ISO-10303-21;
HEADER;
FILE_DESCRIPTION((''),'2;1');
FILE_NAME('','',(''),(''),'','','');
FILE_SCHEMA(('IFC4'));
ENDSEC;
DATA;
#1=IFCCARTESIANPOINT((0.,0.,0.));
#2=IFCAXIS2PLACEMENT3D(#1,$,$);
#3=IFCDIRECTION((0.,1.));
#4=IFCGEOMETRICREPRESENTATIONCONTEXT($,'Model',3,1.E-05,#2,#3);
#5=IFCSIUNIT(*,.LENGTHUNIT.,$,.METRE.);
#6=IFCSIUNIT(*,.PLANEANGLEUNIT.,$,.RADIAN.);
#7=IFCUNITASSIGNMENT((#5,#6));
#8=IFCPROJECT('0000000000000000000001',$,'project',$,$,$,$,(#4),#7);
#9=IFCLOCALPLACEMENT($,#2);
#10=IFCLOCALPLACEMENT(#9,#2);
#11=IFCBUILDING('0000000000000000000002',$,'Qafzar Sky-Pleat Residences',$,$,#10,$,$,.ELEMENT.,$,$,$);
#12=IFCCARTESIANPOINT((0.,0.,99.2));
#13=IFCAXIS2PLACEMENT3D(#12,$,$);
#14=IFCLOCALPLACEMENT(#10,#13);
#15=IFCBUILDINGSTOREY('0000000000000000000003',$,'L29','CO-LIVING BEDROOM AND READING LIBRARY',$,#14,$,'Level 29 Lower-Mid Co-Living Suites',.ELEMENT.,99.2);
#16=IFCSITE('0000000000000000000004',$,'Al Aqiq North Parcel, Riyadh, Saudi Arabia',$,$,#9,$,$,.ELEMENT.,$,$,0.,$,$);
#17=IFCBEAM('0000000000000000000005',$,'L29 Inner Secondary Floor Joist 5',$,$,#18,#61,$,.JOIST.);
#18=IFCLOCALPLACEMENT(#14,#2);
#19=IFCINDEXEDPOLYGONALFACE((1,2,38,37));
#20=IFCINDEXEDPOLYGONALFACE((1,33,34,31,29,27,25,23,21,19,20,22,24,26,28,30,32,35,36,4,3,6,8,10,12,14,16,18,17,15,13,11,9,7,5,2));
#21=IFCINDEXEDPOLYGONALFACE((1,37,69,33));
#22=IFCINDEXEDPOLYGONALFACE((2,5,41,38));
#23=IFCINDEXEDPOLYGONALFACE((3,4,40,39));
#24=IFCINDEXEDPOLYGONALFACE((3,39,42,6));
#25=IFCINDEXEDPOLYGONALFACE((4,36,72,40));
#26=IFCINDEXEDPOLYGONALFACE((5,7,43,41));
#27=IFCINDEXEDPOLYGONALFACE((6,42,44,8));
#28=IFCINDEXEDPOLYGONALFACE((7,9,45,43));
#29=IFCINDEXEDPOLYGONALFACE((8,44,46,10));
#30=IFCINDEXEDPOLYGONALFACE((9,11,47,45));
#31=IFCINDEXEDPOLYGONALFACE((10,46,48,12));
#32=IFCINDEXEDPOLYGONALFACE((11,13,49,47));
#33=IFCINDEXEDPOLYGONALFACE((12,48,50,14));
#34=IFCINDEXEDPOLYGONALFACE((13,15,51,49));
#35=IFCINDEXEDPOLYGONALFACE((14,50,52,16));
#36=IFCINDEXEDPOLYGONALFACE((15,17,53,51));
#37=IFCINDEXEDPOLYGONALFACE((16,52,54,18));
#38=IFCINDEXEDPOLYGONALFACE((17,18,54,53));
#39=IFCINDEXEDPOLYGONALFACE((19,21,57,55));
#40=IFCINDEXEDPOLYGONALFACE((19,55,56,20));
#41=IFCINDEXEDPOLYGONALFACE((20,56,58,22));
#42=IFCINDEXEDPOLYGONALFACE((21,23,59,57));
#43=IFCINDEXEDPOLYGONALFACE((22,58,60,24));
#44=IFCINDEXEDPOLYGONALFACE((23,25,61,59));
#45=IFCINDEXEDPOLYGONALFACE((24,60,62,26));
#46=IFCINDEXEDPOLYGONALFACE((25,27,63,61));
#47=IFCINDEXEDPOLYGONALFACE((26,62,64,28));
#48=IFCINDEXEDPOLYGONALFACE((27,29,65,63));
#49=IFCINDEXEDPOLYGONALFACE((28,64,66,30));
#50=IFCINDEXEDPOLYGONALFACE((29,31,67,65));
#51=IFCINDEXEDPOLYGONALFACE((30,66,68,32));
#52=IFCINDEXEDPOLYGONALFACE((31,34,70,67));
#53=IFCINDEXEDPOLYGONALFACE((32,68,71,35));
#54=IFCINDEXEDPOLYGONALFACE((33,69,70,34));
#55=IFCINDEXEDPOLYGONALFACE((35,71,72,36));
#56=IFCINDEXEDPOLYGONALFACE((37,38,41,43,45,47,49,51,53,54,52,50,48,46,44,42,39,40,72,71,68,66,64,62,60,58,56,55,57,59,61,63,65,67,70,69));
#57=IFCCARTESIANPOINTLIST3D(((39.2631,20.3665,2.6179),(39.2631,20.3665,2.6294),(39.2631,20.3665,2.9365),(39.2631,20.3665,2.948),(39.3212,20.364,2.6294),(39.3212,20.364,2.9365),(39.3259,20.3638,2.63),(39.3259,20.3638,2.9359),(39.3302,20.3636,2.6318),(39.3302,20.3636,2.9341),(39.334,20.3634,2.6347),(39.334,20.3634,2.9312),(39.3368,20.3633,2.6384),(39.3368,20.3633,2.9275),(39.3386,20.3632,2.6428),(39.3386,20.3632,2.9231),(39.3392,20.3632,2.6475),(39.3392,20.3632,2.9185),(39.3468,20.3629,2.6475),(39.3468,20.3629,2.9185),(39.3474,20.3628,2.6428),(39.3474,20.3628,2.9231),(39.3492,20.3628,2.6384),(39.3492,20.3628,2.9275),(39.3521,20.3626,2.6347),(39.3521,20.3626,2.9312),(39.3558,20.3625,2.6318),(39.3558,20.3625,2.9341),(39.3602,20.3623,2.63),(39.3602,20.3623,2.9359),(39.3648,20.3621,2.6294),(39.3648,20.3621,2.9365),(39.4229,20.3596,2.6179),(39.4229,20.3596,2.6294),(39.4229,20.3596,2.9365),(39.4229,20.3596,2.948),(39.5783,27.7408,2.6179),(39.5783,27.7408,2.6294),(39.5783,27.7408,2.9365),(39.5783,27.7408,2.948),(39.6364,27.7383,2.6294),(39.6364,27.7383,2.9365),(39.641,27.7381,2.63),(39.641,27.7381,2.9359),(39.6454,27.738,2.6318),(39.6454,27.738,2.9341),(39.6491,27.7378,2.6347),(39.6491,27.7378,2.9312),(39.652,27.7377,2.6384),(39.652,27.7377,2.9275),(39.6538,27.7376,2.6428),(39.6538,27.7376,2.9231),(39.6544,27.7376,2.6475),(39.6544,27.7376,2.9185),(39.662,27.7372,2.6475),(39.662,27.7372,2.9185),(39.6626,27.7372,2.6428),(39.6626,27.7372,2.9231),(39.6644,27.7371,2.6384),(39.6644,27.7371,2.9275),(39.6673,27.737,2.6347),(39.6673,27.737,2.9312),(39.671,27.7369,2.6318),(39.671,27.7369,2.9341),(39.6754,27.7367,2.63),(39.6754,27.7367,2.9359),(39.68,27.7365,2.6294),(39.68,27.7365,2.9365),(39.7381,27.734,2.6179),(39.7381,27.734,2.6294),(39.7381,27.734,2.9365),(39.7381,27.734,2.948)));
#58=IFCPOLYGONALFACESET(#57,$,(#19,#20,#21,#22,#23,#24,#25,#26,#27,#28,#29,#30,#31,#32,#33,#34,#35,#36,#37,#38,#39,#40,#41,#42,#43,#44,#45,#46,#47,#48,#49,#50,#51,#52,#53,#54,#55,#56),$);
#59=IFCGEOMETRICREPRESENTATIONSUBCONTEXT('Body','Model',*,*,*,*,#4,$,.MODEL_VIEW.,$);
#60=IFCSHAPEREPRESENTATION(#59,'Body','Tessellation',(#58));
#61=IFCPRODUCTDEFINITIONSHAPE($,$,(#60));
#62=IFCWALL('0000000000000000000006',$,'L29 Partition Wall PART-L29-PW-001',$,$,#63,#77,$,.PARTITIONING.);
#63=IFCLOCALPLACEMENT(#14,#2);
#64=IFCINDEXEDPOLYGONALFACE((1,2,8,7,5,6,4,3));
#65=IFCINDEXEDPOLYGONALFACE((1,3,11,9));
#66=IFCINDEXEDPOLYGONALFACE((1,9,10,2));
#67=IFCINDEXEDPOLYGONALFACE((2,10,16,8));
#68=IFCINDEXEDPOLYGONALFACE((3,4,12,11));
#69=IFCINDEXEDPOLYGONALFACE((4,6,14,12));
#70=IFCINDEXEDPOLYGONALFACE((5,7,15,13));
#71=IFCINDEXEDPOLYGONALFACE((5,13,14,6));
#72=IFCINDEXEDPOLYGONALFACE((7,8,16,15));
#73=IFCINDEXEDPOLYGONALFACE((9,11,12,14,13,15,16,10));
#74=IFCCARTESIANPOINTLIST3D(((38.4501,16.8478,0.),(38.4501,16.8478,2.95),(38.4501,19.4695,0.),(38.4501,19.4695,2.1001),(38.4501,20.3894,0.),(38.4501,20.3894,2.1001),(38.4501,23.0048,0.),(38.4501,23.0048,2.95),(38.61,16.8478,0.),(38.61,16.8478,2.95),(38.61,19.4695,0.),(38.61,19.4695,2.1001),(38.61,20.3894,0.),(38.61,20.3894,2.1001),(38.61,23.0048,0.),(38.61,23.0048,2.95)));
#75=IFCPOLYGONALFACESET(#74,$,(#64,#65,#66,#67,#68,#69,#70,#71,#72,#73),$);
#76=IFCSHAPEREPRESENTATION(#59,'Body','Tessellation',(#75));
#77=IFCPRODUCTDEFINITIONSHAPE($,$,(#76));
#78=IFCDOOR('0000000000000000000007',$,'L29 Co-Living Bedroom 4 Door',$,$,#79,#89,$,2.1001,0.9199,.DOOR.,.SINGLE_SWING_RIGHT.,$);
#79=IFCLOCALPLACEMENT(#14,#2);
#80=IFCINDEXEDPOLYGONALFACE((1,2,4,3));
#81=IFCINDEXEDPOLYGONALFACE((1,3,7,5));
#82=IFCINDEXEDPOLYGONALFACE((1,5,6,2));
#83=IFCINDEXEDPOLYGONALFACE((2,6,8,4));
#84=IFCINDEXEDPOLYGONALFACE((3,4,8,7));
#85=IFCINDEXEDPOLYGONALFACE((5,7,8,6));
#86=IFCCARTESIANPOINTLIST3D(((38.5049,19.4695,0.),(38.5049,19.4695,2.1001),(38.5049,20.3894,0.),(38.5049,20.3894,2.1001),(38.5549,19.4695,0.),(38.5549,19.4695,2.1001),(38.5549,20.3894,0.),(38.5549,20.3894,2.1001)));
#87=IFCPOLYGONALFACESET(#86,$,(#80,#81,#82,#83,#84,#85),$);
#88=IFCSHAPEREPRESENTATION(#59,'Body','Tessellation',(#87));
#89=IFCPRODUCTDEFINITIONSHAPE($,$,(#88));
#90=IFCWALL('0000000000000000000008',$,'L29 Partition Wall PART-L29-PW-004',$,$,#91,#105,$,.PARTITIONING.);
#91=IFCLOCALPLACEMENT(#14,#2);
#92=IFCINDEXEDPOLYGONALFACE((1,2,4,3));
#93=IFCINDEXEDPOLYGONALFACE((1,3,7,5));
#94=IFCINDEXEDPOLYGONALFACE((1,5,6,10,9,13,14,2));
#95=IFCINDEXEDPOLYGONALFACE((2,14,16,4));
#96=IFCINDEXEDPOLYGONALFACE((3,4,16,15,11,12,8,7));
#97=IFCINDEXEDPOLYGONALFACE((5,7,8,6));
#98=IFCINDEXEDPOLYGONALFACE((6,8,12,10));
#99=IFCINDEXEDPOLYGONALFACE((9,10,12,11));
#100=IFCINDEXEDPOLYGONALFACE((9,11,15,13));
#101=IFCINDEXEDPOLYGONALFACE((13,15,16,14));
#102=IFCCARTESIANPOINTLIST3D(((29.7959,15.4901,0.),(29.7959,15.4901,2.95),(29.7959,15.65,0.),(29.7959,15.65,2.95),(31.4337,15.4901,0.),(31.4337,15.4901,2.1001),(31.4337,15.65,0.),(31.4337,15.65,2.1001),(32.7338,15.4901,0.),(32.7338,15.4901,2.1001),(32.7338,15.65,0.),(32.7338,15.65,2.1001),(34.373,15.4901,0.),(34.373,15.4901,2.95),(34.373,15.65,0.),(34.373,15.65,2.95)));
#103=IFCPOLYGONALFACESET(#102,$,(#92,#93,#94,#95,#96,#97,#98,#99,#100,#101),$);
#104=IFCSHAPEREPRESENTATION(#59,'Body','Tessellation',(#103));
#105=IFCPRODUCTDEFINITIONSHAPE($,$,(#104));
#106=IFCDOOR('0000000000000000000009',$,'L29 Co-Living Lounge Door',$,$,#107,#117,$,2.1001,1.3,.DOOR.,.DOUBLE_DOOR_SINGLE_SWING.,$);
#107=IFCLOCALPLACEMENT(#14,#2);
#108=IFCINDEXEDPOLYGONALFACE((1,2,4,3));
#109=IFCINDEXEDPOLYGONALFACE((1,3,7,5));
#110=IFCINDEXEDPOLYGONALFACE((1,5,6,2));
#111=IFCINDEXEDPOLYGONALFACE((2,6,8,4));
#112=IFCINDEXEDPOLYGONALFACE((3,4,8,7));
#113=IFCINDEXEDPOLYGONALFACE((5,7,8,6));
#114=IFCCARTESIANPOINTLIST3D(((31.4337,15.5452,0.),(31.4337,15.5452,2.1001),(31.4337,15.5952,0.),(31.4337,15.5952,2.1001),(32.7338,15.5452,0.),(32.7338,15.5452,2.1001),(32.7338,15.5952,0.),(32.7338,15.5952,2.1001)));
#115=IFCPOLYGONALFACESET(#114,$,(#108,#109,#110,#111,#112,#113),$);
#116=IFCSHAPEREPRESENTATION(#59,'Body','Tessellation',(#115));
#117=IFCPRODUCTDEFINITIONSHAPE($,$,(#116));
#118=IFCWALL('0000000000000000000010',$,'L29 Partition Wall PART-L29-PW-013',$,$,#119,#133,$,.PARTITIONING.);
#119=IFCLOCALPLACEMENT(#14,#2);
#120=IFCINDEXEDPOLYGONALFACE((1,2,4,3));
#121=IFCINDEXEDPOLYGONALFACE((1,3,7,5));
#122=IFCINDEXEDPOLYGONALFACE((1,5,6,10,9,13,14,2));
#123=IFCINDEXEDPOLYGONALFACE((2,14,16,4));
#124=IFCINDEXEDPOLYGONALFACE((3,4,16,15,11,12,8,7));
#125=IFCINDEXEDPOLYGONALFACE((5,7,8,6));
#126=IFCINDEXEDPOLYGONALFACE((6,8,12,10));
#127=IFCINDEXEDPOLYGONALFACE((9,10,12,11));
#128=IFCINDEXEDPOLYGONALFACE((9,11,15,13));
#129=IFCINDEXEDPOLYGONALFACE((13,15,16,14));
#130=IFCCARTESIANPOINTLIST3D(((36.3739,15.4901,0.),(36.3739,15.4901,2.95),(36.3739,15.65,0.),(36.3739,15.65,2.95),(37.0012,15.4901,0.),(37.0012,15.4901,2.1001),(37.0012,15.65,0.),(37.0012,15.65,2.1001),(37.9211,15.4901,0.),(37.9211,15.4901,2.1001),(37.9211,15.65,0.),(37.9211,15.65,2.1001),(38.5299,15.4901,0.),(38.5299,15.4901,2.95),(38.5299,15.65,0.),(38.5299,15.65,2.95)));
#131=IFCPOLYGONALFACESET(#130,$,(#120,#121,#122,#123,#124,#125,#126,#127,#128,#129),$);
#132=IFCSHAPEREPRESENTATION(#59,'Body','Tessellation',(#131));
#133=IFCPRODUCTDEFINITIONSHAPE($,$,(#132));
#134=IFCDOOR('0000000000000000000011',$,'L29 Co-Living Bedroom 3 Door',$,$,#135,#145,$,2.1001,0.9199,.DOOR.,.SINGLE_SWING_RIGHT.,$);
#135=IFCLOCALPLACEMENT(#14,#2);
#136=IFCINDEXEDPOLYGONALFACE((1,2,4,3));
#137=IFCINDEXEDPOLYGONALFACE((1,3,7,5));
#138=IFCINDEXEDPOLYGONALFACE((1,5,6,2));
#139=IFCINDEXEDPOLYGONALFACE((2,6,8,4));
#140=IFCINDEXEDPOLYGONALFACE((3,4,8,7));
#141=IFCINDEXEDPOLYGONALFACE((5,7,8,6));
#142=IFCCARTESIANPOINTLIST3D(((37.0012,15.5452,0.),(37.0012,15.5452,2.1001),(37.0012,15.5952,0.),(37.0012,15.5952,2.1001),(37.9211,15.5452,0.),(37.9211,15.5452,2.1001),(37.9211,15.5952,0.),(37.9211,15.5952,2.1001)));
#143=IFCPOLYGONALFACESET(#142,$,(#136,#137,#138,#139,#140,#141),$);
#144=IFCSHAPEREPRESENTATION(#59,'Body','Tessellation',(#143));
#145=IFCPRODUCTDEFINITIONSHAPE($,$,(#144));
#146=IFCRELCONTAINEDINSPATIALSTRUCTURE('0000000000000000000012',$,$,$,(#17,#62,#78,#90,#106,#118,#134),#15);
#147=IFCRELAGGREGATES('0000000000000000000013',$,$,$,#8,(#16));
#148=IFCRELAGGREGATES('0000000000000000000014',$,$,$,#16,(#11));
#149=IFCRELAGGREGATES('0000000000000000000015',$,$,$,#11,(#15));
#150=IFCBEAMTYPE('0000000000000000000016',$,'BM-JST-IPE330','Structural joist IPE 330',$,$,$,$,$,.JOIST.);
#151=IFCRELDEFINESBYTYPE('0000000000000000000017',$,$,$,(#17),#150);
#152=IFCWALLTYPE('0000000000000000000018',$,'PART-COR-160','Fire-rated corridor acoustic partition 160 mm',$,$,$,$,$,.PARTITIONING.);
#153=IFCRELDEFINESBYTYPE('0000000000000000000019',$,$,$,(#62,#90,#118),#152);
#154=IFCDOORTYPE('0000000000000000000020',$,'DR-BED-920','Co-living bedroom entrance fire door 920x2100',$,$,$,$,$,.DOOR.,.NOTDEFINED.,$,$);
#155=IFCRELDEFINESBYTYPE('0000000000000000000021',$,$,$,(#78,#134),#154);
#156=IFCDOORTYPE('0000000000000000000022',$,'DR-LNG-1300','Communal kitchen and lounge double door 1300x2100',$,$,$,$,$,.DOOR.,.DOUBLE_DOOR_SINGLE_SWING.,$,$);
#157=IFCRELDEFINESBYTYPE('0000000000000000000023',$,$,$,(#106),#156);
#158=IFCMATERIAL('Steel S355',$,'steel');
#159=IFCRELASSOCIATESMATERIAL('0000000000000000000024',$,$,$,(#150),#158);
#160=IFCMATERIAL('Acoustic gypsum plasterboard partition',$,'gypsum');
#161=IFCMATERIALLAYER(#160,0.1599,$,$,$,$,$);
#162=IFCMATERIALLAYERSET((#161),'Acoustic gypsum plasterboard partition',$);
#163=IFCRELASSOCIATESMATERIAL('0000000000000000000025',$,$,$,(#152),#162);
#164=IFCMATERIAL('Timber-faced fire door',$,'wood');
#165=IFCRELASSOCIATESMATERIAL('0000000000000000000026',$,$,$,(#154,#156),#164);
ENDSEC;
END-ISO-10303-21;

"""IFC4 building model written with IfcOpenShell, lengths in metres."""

from ifc_helpers import new_model, si_unit, direction, frame, frame_2d, origin, origin_2d, place, context, subcontext, project, spatial, rectangle, i_section, extrude, source, transform, mapped, material, layer, layer_set, material_profile, profile_set, type_object, element, fill, save


model = new_model("IFC4")

# Units and contexts
model_context = context("Model", 3, precision=1e-05, world=origin(), true_north=direction((0.0, 1.0)))
body_context = subcontext(model_context, "Body", "Model", "MODEL_VIEW")
ifc_project = project(units=[si_unit("LENGTHUNIT", "METRE"), si_unit("PLANEANGLEUNIT", "RADIAN")], contexts=[model_context])

# Site, building, storey
site_placement = place(None, origin())
site = spatial("IfcSite", under=ifc_project, at=site_placement, Name="Al Aqiq North Parcel, Riyadh, Saudi Arabia", CompositionType="ELEMENT", RefElevation=0.0)
building_placement = place(site_placement, origin())
building = spatial("IfcBuilding", under=site, at=building_placement, Name="Qafzar Sky-Pleat Residences", CompositionType="ELEMENT")
storey_placement = place(building_placement, frame((0.0, 0.0, 99.2)))
storey = spatial("IfcBuildingStorey", under=building, at=storey_placement, Name="L29", Description="CO-LIVING BEDROOM AND READING LIBRARY", LongName="Level 29 Lower-Mid Co-Living Suites", CompositionType="ELEMENT", Elevation=99.2)

# Beam
ifc_material_1 = material(Name="Steel S355", Category="steel")
ifc_material_profile = material_profile(ifc_material_1, i_section(OverallWidth=0.1599, OverallDepth=0.3301, WebThickness=0.0076, FlangeThickness=0.0115, FilletRadius=0.0181, at=origin_2d()), Name="IPE 330")
ifc_profile_set = profile_set([ifc_material_profile], Name="Steel S355")
beam_type = type_object("IfcBeamType", Name="BM-JST-IPE330", Description="Structural joist IPE 330", PredefinedType="JOIST", material=ifc_profile_set)
shared_shape_1 = source(origin(), body_context, "Body", "SweptSolid", [
    extrude(i_section(OverallWidth=0.1599, OverallDepth=0.3301, WebThickness=0.0076, FlangeThickness=0.0115, FilletRadius=0.0181, at=origin_2d()), origin(), (0.0, 0.0, 1.0), 7.3811),
])
beam_placement = place(storey_placement, frame((39.343, 20.363, 2.783), z_axis=(0.042702, 0.999088, 0.0), x_axis=(-0.999088, 0.042702, 0.0)))
element("IfcBeam", 1, at=beam_placement, inside=storey, type_object=beam_type, Name="L29 Inner Secondary Floor Joist 5", PredefinedType="JOIST", context=body_context, shape_type="MappedRepresentation", body=[
    mapped(shared_shape_1, transform((0.0, 0.0, 0.0), x_axis=(1.0, 0.0, 0.0), y_axis=(0.0, 1.0, 0.0), z_axis=(0.0, 0.0, 1.0), scale=1.0)),
])

# Walls, openings, doors
ifc_material_2 = material(Name="Acoustic gypsum plasterboard partition", Category="gypsum")
ifc_layer_1 = layer(ifc_material_2, 0.1599)
ifc_layer_set_1 = layer_set([ifc_layer_1], Name="Acoustic gypsum plasterboard partition")
wall_type_1 = type_object("IfcWallType", Name="PART-COR-160", Description="Fire-rated corridor acoustic partition 160 mm", PredefinedType="PARTITIONING", material=ifc_layer_set_1)
wall_1_placement = place(storey_placement, frame((38.53, 23.0049, 0.0), z_axis=(0.0, 0.0, 1.0), x_axis=(0.0, -1.0, 0.0)))
wall_1 = element("IfcWall", 2, at=wall_1_placement, inside=storey, type_object=wall_type_1, Name="L29 Partition Wall PART-L29-PW-001", PredefinedType="PARTITIONING", context=body_context, shape_type="SweptSolid", body=[
    extrude(rectangle(XDim=6.157, YDim=0.1599, at=frame_2d((3.0786, 0.0))), origin(), (0.0, 0.0, 1.0), 2.95),
])
opening_1_placement = place(wall_1_placement, frame((2.6155, 0.0, 0.0)))
opening_1 = element("IfcOpeningElement", 3, at=opening_1_placement, cuts=wall_1, PredefinedType="OPENING", context=body_context, shape_type="SweptSolid", body=[
    extrude(rectangle(XDim=0.9199, YDim=2.1001, at=frame_2d((0.46, 1.05))), frame((0.0, 0.0898, 0.0), z_axis=(0.0, -1.0, 0.0), x_axis=(1.0, 0.0, 0.0)), (0.0, 0.0, 1.0), 0.1799),
])
ifc_material_3 = material(Name="Timber-faced fire door", Category="wood")
door_type_1 = type_object("IfcDoorType", Name="DR-BED-920", Description="Co-living bedroom entrance fire door 920x2100", OperationType="NOTDEFINED", PredefinedType="DOOR", material=ifc_material_3)
shared_shape_2 = source(origin(), body_context, "Body", "SweptSolid", [
    extrude(rectangle(XDim=0.9199, YDim=2.1001, at=frame_2d((0.46, 1.05))), frame((0.0, 0.0249, 0.0), z_axis=(0.0, -1.0, 0.0), x_axis=(1.0, 0.0, 0.0)), (0.0, 0.0, 1.0), 0.05),
])
door_1_placement = place(opening_1_placement, origin())
door_1 = element("IfcDoor", 4, at=door_1_placement, inside=storey, type_object=door_type_1, Name="L29 Co-Living Bedroom 4 Door", OperationType="SINGLE_SWING_RIGHT", OverallHeight=2.1001, OverallWidth=0.9199, PredefinedType="DOOR", context=body_context, shape_type="MappedRepresentation", body=[
    mapped(shared_shape_2, transform((0.0, 0.0, 0.0), x_axis=(1.0, 0.0, 0.0), y_axis=(0.0, 1.0, 0.0), z_axis=(0.0, 0.0, 1.0), scale=1.0)),
])
fill(opening_1, door_1)
wall_2_placement = place(storey_placement, frame((34.373, 15.5701, 0.0), z_axis=(0.0, 0.0, 1.0), x_axis=(-1.0, 0.0, 0.0)))
wall_2 = element("IfcWall", 5, at=wall_2_placement, inside=storey, type_object=wall_type_1, Name="L29 Partition Wall PART-L29-PW-004", PredefinedType="PARTITIONING", context=body_context, shape_type="SweptSolid", body=[
    extrude(rectangle(XDim=4.5771, YDim=0.1599, at=frame_2d((2.2886, 0.0))), origin(), (0.0, 0.0, 1.0), 2.95),
])
opening_2_placement = place(wall_2_placement, frame((1.6394, 0.0, 0.0)))
opening_2 = element("IfcOpeningElement", 6, at=opening_2_placement, cuts=wall_2, PredefinedType="OPENING", context=body_context, shape_type="SweptSolid", body=[
    extrude(rectangle(XDim=1.3, YDim=2.1001, at=frame_2d((0.6499, 1.05))), frame((0.0, 0.0898, 0.0), z_axis=(0.0, -1.0, 0.0), x_axis=(1.0, 0.0, 0.0)), (0.0, 0.0, 1.0), 0.1799),
])
door_type_2 = type_object("IfcDoorType", Name="DR-LNG-1300", Description="Communal kitchen and lounge double door 1300x2100", OperationType="DOUBLE_DOOR_SINGLE_SWING", PredefinedType="DOOR", material=ifc_material_3)
shared_shape_3 = source(origin(), body_context, "Body", "SweptSolid", [
    extrude(rectangle(XDim=1.3, YDim=2.1001, at=frame_2d((0.6499, 1.05))), frame((0.0, 0.0249, 0.0), z_axis=(0.0, -1.0, 0.0), x_axis=(1.0, 0.0, 0.0)), (0.0, 0.0, 1.0), 0.05),
])
door_2_placement = place(opening_2_placement, origin())
door_2 = element("IfcDoor", 7, at=door_2_placement, inside=storey, type_object=door_type_2, Name="L29 Co-Living Lounge Door", OperationType="DOUBLE_DOOR_SINGLE_SWING", OverallHeight=2.1001, OverallWidth=1.3, PredefinedType="DOOR", context=body_context, shape_type="MappedRepresentation", body=[
    mapped(shared_shape_3, transform((0.0, 0.0, 0.0), x_axis=(1.0, 0.0, 0.0), y_axis=(0.0, 1.0, 0.0), z_axis=(0.0, 0.0, 1.0), scale=1.0)),
])
fill(opening_2, door_2)
wall_3_placement = place(storey_placement, frame((38.53, 15.5701, 0.0), z_axis=(0.0, 0.0, 1.0), x_axis=(-1.0, 0.0, 0.0)))
wall_3 = element("IfcWall", 8, at=wall_3_placement, inside=storey, type_object=wall_type_1, Name="L29 Partition Wall PART-L29-PW-013", PredefinedType="PARTITIONING", context=body_context, shape_type="SweptSolid", body=[
    extrude(rectangle(XDim=2.156, YDim=0.1599, at=frame_2d((1.0781, 0.0))), origin(), (0.0, 0.0, 1.0), 2.95),
])
opening_3_placement = place(wall_3_placement, frame((0.6089, 0.0, 0.0)))
opening_3 = element("IfcOpeningElement", 9, at=opening_3_placement, cuts=wall_3, PredefinedType="OPENING", context=body_context, shape_type="SweptSolid", body=[
    extrude(rectangle(XDim=0.9199, YDim=2.1001, at=frame_2d((0.46, 1.05))), frame((0.0, 0.0898, 0.0), z_axis=(0.0, -1.0, 0.0), x_axis=(1.0, 0.0, 0.0)), (0.0, 0.0, 1.0), 0.1799),
])
door_3_placement = place(opening_3_placement, origin())
door_3 = element("IfcDoor", 10, at=door_3_placement, inside=storey, type_object=door_type_1, Name="L29 Co-Living Bedroom 3 Door", OperationType="SINGLE_SWING_RIGHT", OverallHeight=2.1001, OverallWidth=0.9199, PredefinedType="DOOR", context=body_context, shape_type="MappedRepresentation", body=[
    mapped(shared_shape_2, transform((0.0, 0.0, 0.0), x_axis=(1.0, 0.0, 0.0), y_axis=(0.0, 1.0, 0.0), z_axis=(0.0, 0.0, 1.0), scale=1.0)),
])
fill(opening_3, door_3)

save(model, "model.ifc")
